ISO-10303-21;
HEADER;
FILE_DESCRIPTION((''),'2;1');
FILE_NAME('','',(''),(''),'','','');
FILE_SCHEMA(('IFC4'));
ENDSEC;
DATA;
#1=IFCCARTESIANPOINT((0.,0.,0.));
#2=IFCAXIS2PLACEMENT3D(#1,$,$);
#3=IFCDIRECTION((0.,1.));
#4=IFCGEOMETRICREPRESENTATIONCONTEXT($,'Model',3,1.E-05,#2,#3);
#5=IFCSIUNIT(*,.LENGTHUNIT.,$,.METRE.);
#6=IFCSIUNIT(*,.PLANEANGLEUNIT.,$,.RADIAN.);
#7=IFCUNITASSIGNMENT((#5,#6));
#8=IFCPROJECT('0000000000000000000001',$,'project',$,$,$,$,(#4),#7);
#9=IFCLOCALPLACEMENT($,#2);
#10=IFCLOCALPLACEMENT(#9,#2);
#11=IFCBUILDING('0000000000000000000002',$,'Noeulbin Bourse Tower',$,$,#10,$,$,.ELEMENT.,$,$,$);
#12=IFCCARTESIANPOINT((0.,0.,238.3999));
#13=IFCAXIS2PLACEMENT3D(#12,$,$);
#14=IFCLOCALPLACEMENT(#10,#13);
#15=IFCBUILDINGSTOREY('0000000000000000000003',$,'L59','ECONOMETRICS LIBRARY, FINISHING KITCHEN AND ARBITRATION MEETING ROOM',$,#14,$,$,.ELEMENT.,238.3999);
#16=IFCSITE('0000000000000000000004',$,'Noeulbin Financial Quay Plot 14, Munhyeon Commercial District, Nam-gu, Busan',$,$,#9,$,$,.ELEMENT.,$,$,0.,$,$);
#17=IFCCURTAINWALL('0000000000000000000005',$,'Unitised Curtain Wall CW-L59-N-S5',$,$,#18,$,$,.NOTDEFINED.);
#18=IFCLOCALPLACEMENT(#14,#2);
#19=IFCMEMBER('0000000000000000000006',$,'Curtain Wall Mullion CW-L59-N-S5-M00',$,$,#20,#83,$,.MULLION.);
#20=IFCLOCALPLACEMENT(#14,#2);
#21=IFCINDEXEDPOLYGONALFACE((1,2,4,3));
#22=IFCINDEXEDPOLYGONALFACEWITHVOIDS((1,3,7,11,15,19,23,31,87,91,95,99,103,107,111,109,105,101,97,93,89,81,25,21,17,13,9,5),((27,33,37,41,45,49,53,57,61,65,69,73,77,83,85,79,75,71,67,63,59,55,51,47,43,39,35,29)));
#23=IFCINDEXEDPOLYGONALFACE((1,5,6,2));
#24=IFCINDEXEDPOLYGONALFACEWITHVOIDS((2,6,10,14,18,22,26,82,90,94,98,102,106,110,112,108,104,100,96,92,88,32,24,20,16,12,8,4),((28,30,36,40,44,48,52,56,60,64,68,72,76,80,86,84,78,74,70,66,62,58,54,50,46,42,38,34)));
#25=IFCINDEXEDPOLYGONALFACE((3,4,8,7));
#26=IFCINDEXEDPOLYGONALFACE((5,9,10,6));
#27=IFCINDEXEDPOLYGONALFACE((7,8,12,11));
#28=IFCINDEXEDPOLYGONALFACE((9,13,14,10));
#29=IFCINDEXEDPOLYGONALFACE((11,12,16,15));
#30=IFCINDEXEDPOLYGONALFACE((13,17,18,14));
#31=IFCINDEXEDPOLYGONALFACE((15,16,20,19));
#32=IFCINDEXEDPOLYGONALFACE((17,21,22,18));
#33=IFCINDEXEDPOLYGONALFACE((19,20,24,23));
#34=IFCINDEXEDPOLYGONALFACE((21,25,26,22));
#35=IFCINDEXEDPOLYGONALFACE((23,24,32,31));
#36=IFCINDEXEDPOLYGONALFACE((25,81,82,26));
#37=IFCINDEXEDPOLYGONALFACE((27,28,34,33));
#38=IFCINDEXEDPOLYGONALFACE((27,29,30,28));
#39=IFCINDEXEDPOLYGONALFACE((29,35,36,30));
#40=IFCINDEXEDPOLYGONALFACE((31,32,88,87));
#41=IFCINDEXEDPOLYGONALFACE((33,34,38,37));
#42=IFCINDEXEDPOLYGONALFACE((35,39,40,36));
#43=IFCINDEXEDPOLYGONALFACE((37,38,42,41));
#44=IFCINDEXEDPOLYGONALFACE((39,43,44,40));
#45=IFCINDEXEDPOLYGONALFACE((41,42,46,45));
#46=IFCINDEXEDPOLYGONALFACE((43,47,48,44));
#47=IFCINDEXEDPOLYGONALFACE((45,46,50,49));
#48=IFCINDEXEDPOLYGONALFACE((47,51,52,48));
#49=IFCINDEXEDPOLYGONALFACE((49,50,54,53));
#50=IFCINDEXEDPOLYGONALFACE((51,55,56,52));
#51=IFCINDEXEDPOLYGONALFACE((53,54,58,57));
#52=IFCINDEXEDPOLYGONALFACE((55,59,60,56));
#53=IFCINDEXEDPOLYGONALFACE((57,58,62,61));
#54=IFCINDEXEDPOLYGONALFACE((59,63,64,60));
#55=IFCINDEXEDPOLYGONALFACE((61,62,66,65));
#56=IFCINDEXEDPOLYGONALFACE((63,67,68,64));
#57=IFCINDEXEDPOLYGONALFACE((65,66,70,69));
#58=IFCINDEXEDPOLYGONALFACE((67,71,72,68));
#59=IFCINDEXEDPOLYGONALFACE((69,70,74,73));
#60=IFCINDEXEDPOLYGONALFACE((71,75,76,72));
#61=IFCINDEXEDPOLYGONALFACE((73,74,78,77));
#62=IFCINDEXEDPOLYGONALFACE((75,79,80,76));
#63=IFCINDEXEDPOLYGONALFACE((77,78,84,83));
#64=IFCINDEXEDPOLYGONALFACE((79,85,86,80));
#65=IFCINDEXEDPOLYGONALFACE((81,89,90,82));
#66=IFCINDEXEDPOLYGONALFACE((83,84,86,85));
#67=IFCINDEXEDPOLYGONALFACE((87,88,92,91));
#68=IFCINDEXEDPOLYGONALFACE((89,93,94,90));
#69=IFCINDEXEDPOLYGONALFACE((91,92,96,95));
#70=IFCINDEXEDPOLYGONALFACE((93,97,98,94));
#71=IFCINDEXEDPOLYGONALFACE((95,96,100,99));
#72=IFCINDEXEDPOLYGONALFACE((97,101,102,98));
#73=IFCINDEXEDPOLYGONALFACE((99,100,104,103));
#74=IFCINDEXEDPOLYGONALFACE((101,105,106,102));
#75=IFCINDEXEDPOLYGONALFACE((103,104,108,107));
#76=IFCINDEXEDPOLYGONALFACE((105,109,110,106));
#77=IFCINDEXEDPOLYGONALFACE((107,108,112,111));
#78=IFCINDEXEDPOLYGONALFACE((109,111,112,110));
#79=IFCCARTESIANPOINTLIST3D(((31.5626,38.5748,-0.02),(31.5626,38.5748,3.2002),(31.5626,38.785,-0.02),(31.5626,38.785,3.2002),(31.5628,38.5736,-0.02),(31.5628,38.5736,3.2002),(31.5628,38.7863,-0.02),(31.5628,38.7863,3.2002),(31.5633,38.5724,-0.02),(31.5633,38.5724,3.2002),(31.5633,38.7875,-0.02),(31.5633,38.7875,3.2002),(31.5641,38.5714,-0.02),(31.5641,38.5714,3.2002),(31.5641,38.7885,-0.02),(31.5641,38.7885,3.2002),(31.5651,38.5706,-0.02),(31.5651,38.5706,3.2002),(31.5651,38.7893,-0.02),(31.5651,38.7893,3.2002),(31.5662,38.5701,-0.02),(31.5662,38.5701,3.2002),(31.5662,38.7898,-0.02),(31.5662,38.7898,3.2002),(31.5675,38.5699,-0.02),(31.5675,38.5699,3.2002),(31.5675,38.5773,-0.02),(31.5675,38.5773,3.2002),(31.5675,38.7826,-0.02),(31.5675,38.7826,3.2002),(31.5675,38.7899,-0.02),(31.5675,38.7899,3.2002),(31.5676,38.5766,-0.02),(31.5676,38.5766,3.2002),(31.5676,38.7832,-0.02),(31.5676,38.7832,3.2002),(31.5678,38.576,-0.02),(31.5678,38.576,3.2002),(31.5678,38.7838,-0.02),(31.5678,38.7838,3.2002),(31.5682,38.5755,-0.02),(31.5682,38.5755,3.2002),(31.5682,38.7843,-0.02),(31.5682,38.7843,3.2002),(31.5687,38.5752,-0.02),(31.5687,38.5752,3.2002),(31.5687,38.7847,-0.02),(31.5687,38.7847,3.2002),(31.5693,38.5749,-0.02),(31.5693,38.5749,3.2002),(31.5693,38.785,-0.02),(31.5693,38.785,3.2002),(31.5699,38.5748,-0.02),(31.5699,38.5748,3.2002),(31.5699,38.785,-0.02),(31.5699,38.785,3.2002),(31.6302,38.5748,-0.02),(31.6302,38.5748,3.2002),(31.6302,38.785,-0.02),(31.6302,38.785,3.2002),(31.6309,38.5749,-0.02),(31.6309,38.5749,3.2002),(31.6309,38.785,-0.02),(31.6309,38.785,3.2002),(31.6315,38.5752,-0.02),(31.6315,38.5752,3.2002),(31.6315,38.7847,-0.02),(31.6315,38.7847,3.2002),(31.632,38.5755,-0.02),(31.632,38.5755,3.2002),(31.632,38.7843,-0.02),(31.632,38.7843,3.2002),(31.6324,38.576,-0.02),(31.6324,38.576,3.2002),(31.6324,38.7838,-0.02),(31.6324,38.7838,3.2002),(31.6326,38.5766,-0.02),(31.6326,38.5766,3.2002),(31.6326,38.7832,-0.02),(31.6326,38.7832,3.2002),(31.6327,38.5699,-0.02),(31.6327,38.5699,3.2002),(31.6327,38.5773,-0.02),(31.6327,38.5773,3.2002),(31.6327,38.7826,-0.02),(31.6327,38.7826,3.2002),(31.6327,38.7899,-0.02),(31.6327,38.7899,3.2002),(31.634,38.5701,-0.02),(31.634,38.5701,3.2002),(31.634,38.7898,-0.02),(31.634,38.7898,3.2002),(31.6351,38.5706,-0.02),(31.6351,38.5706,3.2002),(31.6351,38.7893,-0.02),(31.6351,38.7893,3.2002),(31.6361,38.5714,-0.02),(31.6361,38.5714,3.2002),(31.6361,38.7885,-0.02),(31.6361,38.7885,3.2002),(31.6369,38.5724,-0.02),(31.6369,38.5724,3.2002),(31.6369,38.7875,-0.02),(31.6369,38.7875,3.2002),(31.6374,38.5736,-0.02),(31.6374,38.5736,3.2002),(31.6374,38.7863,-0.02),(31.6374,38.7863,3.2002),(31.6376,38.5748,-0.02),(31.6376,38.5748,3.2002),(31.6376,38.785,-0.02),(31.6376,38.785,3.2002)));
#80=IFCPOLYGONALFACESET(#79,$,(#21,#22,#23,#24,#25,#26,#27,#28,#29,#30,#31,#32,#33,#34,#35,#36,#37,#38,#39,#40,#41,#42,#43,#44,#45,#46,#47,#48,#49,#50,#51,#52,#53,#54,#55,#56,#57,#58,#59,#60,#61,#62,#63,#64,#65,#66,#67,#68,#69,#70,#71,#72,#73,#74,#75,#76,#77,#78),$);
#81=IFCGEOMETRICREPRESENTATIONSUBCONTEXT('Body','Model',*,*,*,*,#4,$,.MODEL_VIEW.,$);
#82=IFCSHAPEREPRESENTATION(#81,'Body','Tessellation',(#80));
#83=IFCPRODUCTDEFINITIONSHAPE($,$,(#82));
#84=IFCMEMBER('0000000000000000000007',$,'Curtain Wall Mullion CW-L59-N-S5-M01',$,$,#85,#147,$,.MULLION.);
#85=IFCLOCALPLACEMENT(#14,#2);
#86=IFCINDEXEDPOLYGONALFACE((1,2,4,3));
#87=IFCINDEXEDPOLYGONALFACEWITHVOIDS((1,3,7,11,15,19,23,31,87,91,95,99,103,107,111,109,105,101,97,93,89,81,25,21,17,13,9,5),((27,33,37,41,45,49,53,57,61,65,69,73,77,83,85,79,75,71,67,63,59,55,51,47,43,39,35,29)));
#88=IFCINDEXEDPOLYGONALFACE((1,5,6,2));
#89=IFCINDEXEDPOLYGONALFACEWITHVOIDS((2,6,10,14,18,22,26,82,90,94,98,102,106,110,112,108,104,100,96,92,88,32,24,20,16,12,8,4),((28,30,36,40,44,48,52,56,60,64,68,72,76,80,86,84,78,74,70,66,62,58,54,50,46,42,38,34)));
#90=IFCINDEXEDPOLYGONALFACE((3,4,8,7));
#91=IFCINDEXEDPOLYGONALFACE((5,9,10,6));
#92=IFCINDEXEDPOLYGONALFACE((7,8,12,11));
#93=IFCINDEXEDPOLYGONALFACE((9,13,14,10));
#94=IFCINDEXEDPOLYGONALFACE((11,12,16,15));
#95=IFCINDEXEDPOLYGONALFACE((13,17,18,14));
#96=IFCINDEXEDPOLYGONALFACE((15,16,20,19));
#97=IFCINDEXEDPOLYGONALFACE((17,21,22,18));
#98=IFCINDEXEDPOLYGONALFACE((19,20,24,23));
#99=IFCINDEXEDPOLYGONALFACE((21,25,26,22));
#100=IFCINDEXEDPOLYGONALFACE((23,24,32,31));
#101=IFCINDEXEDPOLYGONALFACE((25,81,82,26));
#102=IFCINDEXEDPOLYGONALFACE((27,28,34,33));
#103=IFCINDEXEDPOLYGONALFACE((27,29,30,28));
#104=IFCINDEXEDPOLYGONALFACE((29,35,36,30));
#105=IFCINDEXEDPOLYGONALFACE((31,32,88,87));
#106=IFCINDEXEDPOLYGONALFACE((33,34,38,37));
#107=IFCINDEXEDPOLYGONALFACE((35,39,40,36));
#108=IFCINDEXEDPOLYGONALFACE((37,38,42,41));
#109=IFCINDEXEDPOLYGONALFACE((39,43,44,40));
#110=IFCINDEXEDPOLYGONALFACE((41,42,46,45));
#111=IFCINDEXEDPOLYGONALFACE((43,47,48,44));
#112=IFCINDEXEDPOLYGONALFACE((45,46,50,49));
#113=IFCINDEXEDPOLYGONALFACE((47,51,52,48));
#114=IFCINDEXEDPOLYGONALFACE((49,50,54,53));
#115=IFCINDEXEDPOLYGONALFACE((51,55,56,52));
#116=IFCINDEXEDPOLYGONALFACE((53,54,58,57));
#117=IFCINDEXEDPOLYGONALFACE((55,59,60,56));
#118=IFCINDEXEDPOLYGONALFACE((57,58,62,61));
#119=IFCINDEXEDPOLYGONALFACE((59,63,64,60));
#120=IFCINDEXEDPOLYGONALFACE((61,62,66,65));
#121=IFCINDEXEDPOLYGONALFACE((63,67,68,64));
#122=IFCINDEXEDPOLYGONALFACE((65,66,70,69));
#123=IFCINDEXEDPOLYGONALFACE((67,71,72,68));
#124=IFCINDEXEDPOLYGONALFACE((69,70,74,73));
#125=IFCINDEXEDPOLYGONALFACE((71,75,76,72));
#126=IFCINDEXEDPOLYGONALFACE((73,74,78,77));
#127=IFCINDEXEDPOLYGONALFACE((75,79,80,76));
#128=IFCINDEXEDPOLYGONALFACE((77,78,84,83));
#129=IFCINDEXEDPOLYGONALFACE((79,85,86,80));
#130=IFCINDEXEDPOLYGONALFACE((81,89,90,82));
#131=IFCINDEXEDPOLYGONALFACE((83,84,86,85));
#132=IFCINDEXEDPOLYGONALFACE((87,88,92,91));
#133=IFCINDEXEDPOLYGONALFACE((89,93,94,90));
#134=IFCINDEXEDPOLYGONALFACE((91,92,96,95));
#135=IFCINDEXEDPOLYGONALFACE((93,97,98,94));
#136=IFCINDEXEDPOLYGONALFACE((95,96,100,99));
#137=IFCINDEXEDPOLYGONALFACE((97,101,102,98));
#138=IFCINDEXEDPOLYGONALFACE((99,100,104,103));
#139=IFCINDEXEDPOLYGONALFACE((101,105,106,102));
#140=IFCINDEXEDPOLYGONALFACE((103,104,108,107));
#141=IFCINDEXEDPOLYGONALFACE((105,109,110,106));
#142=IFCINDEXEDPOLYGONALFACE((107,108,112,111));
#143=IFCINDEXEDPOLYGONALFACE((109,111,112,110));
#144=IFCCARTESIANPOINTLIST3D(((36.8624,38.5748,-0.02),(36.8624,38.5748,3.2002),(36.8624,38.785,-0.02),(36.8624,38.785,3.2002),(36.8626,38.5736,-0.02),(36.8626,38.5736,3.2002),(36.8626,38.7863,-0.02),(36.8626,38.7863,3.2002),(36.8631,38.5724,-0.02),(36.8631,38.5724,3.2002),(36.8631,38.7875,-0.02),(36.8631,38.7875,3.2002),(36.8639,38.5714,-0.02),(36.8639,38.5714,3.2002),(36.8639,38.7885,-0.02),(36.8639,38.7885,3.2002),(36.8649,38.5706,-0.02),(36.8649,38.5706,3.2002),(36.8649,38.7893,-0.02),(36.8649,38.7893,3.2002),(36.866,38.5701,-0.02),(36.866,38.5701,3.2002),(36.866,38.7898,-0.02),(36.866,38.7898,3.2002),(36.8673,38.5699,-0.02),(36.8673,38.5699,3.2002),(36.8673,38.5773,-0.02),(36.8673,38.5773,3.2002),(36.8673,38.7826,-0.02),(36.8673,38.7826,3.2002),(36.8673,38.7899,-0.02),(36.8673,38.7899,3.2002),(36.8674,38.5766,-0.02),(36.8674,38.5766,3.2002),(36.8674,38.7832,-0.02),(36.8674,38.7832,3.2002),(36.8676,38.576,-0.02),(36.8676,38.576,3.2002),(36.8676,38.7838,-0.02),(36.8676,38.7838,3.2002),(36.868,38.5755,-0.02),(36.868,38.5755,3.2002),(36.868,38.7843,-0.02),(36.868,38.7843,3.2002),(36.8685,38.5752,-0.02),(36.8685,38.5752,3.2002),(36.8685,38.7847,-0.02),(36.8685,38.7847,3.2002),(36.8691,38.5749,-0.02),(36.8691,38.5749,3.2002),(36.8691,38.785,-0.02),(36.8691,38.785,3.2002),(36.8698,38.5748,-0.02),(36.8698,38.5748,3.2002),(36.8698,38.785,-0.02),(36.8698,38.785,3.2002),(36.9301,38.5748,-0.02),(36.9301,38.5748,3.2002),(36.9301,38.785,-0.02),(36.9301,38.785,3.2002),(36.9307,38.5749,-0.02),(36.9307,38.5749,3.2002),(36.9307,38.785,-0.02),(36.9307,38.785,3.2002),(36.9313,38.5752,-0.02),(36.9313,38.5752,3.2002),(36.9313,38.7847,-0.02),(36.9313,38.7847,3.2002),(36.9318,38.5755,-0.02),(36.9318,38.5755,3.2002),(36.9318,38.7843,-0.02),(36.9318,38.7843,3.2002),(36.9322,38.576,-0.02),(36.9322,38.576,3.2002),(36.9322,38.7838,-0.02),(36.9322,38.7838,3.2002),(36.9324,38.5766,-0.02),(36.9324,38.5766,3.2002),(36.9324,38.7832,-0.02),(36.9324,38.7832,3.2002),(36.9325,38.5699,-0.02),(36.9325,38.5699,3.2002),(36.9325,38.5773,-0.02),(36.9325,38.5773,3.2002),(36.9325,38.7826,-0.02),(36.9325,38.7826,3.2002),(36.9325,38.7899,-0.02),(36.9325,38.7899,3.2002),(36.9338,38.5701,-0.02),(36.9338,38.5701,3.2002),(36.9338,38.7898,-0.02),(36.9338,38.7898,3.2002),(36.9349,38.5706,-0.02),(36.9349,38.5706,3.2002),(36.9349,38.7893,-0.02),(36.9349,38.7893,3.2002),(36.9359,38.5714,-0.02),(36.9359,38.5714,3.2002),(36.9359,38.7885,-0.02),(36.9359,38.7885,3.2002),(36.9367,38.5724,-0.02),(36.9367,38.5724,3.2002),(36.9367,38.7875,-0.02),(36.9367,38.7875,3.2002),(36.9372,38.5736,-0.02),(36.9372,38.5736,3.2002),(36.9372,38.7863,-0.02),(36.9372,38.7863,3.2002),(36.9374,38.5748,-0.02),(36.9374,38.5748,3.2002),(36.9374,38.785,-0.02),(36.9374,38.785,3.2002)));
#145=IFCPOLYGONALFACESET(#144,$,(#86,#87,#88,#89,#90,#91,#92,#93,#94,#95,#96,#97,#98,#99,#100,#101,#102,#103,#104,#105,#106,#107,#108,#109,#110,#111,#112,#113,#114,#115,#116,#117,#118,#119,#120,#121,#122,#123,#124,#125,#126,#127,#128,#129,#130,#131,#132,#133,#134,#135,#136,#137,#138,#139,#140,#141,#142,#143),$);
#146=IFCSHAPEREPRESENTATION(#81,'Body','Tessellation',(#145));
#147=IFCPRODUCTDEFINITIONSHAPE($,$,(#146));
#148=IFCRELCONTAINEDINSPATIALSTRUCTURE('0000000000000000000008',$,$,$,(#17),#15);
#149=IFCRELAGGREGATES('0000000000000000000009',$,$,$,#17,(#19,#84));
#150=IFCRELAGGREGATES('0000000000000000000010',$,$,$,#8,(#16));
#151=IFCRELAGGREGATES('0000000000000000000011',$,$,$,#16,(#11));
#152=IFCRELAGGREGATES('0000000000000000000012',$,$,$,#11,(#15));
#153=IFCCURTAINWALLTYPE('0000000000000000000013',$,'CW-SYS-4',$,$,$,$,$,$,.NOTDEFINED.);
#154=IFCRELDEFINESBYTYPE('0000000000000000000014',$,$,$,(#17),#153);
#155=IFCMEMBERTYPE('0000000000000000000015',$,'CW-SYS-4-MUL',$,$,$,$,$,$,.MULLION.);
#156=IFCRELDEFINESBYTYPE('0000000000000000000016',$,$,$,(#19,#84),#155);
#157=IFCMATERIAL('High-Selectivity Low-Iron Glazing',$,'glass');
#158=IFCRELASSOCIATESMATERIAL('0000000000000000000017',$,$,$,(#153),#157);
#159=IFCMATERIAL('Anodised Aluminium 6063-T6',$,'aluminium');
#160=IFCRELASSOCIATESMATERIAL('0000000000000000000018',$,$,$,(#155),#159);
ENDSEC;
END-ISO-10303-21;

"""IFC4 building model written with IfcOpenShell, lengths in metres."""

from ifc_helpers import new_model, si_unit, direction, frame, origin, origin_2d, place, context, subcontext, project, spatial, hollow_rectangle, extrude, material, material_profile, profile_set, type_object, element, aggregate, save


model = new_model("IFC4")

# Units and contexts
model_context = context("Model", 3, precision=1e-05, world=origin(), true_north=direction((0.0, 1.0)))
body_context = subcontext(model_context, "Body", "Model", "MODEL_VIEW")
ifc_project = project(units=[si_unit("LENGTHUNIT", "METRE"), si_unit("PLANEANGLEUNIT", "RADIAN")], contexts=[model_context])

# Site, building, storey
site_placement = place(None, origin())
site = spatial("IfcSite", under=ifc_project, at=site_placement, Name="Noeulbin Financial Quay Plot 14, Munhyeon Commercial District, Nam-gu, Busan", CompositionType="ELEMENT", RefElevation=0.0)
building_placement = place(site_placement, origin())
building = spatial("IfcBuilding", under=site, at=building_placement, Name="Noeulbin Bourse Tower", CompositionType="ELEMENT")
storey_placement = place(building_placement, frame((0.0, 0.0, 238.3999)))
storey = spatial("IfcBuildingStorey", under=building, at=storey_placement, Name="L59", Description="ECONOMETRICS LIBRARY, FINISHING KITCHEN AND ARBITRATION MEETING ROOM", CompositionType="ELEMENT", Elevation=238.3999)

# Curtain wall, members
ifc_material_1 = material(Name="High-Selectivity Low-Iron Glazing", Category="glass")
curtain_wall_type = type_object("IfcCurtainWallType", Name="CW-SYS-4", PredefinedType="NOTDEFINED", material=ifc_material_1)
ifc_material_2 = material(Name="Anodised Aluminium 6063-T6", Category="aluminium")
ifc_material_profile_1 = material_profile(ifc_material_2, hollow_rectangle(XDim=0.075, YDim=0.22, WallThickness=0.0049, InnerFilletRadius=0.0024, OuterFilletRadius=0.0049, at=origin_2d()), Name="ALU-MULL-75x220x5", Category="LoadBearing")
ifc_profile_set_1 = profile_set([ifc_material_profile_1], Name="Anodised Aluminium 6063-T6")
member_type_1 = type_object("IfcMemberType", Name="CW-SYS-4-MUL", PredefinedType="MULLION", material=ifc_profile_set_1)
curtain_wall_1_placement = place(storey_placement, origin())
curtain_wall_1 = element("IfcCurtainWall", 1, at=curtain_wall_1_placement, inside=storey, type_object=curtain_wall_type, Name="Unitised Curtain Wall CW-L59-N-S5", PredefinedType="NOTDEFINED")
member_1_placement = place(storey_placement, frame((31.6001, 38.6799, -0.02), z_axis=(0.0, 0.0, 1.0), x_axis=(1.0, 0.0, 0.0)))
member_1 = element("IfcMember", 2, at=member_1_placement, type_object=member_type_1, Name="Curtain Wall Mullion CW-L59-N-S5-M00", PredefinedType="MULLION", context=body_context, shape_type="SweptSolid", body=[
    extrude(hollow_rectangle(XDim=0.075, YDim=0.22, WallThickness=0.0049, InnerFilletRadius=0.0024, OuterFilletRadius=0.0049, at=origin_2d()), origin(), (0.0, 0.0, 1.0), 3.2202),
])
member_2_placement = place(storey_placement, frame((36.8999, 38.6799, -0.02), z_axis=(0.0, 0.0, 1.0), x_axis=(1.0, 0.0, 0.0)))
member_2 = element("IfcMember", 3, at=member_2_placement, type_object=member_type_1, Name="Curtain Wall Mullion CW-L59-N-S5-M01", PredefinedType="MULLION", context=body_context, shape_type="SweptSolid", body=[
    extrude(hollow_rectangle(XDim=0.075, YDim=0.22, WallThickness=0.0049, InnerFilletRadius=0.0024, OuterFilletRadius=0.0049, at=origin_2d()), origin(), (0.0, 0.0, 1.0), 3.2202),
])

aggregate(curtain_wall_1, [member_1, member_2])

save(model, "model.ifc")
